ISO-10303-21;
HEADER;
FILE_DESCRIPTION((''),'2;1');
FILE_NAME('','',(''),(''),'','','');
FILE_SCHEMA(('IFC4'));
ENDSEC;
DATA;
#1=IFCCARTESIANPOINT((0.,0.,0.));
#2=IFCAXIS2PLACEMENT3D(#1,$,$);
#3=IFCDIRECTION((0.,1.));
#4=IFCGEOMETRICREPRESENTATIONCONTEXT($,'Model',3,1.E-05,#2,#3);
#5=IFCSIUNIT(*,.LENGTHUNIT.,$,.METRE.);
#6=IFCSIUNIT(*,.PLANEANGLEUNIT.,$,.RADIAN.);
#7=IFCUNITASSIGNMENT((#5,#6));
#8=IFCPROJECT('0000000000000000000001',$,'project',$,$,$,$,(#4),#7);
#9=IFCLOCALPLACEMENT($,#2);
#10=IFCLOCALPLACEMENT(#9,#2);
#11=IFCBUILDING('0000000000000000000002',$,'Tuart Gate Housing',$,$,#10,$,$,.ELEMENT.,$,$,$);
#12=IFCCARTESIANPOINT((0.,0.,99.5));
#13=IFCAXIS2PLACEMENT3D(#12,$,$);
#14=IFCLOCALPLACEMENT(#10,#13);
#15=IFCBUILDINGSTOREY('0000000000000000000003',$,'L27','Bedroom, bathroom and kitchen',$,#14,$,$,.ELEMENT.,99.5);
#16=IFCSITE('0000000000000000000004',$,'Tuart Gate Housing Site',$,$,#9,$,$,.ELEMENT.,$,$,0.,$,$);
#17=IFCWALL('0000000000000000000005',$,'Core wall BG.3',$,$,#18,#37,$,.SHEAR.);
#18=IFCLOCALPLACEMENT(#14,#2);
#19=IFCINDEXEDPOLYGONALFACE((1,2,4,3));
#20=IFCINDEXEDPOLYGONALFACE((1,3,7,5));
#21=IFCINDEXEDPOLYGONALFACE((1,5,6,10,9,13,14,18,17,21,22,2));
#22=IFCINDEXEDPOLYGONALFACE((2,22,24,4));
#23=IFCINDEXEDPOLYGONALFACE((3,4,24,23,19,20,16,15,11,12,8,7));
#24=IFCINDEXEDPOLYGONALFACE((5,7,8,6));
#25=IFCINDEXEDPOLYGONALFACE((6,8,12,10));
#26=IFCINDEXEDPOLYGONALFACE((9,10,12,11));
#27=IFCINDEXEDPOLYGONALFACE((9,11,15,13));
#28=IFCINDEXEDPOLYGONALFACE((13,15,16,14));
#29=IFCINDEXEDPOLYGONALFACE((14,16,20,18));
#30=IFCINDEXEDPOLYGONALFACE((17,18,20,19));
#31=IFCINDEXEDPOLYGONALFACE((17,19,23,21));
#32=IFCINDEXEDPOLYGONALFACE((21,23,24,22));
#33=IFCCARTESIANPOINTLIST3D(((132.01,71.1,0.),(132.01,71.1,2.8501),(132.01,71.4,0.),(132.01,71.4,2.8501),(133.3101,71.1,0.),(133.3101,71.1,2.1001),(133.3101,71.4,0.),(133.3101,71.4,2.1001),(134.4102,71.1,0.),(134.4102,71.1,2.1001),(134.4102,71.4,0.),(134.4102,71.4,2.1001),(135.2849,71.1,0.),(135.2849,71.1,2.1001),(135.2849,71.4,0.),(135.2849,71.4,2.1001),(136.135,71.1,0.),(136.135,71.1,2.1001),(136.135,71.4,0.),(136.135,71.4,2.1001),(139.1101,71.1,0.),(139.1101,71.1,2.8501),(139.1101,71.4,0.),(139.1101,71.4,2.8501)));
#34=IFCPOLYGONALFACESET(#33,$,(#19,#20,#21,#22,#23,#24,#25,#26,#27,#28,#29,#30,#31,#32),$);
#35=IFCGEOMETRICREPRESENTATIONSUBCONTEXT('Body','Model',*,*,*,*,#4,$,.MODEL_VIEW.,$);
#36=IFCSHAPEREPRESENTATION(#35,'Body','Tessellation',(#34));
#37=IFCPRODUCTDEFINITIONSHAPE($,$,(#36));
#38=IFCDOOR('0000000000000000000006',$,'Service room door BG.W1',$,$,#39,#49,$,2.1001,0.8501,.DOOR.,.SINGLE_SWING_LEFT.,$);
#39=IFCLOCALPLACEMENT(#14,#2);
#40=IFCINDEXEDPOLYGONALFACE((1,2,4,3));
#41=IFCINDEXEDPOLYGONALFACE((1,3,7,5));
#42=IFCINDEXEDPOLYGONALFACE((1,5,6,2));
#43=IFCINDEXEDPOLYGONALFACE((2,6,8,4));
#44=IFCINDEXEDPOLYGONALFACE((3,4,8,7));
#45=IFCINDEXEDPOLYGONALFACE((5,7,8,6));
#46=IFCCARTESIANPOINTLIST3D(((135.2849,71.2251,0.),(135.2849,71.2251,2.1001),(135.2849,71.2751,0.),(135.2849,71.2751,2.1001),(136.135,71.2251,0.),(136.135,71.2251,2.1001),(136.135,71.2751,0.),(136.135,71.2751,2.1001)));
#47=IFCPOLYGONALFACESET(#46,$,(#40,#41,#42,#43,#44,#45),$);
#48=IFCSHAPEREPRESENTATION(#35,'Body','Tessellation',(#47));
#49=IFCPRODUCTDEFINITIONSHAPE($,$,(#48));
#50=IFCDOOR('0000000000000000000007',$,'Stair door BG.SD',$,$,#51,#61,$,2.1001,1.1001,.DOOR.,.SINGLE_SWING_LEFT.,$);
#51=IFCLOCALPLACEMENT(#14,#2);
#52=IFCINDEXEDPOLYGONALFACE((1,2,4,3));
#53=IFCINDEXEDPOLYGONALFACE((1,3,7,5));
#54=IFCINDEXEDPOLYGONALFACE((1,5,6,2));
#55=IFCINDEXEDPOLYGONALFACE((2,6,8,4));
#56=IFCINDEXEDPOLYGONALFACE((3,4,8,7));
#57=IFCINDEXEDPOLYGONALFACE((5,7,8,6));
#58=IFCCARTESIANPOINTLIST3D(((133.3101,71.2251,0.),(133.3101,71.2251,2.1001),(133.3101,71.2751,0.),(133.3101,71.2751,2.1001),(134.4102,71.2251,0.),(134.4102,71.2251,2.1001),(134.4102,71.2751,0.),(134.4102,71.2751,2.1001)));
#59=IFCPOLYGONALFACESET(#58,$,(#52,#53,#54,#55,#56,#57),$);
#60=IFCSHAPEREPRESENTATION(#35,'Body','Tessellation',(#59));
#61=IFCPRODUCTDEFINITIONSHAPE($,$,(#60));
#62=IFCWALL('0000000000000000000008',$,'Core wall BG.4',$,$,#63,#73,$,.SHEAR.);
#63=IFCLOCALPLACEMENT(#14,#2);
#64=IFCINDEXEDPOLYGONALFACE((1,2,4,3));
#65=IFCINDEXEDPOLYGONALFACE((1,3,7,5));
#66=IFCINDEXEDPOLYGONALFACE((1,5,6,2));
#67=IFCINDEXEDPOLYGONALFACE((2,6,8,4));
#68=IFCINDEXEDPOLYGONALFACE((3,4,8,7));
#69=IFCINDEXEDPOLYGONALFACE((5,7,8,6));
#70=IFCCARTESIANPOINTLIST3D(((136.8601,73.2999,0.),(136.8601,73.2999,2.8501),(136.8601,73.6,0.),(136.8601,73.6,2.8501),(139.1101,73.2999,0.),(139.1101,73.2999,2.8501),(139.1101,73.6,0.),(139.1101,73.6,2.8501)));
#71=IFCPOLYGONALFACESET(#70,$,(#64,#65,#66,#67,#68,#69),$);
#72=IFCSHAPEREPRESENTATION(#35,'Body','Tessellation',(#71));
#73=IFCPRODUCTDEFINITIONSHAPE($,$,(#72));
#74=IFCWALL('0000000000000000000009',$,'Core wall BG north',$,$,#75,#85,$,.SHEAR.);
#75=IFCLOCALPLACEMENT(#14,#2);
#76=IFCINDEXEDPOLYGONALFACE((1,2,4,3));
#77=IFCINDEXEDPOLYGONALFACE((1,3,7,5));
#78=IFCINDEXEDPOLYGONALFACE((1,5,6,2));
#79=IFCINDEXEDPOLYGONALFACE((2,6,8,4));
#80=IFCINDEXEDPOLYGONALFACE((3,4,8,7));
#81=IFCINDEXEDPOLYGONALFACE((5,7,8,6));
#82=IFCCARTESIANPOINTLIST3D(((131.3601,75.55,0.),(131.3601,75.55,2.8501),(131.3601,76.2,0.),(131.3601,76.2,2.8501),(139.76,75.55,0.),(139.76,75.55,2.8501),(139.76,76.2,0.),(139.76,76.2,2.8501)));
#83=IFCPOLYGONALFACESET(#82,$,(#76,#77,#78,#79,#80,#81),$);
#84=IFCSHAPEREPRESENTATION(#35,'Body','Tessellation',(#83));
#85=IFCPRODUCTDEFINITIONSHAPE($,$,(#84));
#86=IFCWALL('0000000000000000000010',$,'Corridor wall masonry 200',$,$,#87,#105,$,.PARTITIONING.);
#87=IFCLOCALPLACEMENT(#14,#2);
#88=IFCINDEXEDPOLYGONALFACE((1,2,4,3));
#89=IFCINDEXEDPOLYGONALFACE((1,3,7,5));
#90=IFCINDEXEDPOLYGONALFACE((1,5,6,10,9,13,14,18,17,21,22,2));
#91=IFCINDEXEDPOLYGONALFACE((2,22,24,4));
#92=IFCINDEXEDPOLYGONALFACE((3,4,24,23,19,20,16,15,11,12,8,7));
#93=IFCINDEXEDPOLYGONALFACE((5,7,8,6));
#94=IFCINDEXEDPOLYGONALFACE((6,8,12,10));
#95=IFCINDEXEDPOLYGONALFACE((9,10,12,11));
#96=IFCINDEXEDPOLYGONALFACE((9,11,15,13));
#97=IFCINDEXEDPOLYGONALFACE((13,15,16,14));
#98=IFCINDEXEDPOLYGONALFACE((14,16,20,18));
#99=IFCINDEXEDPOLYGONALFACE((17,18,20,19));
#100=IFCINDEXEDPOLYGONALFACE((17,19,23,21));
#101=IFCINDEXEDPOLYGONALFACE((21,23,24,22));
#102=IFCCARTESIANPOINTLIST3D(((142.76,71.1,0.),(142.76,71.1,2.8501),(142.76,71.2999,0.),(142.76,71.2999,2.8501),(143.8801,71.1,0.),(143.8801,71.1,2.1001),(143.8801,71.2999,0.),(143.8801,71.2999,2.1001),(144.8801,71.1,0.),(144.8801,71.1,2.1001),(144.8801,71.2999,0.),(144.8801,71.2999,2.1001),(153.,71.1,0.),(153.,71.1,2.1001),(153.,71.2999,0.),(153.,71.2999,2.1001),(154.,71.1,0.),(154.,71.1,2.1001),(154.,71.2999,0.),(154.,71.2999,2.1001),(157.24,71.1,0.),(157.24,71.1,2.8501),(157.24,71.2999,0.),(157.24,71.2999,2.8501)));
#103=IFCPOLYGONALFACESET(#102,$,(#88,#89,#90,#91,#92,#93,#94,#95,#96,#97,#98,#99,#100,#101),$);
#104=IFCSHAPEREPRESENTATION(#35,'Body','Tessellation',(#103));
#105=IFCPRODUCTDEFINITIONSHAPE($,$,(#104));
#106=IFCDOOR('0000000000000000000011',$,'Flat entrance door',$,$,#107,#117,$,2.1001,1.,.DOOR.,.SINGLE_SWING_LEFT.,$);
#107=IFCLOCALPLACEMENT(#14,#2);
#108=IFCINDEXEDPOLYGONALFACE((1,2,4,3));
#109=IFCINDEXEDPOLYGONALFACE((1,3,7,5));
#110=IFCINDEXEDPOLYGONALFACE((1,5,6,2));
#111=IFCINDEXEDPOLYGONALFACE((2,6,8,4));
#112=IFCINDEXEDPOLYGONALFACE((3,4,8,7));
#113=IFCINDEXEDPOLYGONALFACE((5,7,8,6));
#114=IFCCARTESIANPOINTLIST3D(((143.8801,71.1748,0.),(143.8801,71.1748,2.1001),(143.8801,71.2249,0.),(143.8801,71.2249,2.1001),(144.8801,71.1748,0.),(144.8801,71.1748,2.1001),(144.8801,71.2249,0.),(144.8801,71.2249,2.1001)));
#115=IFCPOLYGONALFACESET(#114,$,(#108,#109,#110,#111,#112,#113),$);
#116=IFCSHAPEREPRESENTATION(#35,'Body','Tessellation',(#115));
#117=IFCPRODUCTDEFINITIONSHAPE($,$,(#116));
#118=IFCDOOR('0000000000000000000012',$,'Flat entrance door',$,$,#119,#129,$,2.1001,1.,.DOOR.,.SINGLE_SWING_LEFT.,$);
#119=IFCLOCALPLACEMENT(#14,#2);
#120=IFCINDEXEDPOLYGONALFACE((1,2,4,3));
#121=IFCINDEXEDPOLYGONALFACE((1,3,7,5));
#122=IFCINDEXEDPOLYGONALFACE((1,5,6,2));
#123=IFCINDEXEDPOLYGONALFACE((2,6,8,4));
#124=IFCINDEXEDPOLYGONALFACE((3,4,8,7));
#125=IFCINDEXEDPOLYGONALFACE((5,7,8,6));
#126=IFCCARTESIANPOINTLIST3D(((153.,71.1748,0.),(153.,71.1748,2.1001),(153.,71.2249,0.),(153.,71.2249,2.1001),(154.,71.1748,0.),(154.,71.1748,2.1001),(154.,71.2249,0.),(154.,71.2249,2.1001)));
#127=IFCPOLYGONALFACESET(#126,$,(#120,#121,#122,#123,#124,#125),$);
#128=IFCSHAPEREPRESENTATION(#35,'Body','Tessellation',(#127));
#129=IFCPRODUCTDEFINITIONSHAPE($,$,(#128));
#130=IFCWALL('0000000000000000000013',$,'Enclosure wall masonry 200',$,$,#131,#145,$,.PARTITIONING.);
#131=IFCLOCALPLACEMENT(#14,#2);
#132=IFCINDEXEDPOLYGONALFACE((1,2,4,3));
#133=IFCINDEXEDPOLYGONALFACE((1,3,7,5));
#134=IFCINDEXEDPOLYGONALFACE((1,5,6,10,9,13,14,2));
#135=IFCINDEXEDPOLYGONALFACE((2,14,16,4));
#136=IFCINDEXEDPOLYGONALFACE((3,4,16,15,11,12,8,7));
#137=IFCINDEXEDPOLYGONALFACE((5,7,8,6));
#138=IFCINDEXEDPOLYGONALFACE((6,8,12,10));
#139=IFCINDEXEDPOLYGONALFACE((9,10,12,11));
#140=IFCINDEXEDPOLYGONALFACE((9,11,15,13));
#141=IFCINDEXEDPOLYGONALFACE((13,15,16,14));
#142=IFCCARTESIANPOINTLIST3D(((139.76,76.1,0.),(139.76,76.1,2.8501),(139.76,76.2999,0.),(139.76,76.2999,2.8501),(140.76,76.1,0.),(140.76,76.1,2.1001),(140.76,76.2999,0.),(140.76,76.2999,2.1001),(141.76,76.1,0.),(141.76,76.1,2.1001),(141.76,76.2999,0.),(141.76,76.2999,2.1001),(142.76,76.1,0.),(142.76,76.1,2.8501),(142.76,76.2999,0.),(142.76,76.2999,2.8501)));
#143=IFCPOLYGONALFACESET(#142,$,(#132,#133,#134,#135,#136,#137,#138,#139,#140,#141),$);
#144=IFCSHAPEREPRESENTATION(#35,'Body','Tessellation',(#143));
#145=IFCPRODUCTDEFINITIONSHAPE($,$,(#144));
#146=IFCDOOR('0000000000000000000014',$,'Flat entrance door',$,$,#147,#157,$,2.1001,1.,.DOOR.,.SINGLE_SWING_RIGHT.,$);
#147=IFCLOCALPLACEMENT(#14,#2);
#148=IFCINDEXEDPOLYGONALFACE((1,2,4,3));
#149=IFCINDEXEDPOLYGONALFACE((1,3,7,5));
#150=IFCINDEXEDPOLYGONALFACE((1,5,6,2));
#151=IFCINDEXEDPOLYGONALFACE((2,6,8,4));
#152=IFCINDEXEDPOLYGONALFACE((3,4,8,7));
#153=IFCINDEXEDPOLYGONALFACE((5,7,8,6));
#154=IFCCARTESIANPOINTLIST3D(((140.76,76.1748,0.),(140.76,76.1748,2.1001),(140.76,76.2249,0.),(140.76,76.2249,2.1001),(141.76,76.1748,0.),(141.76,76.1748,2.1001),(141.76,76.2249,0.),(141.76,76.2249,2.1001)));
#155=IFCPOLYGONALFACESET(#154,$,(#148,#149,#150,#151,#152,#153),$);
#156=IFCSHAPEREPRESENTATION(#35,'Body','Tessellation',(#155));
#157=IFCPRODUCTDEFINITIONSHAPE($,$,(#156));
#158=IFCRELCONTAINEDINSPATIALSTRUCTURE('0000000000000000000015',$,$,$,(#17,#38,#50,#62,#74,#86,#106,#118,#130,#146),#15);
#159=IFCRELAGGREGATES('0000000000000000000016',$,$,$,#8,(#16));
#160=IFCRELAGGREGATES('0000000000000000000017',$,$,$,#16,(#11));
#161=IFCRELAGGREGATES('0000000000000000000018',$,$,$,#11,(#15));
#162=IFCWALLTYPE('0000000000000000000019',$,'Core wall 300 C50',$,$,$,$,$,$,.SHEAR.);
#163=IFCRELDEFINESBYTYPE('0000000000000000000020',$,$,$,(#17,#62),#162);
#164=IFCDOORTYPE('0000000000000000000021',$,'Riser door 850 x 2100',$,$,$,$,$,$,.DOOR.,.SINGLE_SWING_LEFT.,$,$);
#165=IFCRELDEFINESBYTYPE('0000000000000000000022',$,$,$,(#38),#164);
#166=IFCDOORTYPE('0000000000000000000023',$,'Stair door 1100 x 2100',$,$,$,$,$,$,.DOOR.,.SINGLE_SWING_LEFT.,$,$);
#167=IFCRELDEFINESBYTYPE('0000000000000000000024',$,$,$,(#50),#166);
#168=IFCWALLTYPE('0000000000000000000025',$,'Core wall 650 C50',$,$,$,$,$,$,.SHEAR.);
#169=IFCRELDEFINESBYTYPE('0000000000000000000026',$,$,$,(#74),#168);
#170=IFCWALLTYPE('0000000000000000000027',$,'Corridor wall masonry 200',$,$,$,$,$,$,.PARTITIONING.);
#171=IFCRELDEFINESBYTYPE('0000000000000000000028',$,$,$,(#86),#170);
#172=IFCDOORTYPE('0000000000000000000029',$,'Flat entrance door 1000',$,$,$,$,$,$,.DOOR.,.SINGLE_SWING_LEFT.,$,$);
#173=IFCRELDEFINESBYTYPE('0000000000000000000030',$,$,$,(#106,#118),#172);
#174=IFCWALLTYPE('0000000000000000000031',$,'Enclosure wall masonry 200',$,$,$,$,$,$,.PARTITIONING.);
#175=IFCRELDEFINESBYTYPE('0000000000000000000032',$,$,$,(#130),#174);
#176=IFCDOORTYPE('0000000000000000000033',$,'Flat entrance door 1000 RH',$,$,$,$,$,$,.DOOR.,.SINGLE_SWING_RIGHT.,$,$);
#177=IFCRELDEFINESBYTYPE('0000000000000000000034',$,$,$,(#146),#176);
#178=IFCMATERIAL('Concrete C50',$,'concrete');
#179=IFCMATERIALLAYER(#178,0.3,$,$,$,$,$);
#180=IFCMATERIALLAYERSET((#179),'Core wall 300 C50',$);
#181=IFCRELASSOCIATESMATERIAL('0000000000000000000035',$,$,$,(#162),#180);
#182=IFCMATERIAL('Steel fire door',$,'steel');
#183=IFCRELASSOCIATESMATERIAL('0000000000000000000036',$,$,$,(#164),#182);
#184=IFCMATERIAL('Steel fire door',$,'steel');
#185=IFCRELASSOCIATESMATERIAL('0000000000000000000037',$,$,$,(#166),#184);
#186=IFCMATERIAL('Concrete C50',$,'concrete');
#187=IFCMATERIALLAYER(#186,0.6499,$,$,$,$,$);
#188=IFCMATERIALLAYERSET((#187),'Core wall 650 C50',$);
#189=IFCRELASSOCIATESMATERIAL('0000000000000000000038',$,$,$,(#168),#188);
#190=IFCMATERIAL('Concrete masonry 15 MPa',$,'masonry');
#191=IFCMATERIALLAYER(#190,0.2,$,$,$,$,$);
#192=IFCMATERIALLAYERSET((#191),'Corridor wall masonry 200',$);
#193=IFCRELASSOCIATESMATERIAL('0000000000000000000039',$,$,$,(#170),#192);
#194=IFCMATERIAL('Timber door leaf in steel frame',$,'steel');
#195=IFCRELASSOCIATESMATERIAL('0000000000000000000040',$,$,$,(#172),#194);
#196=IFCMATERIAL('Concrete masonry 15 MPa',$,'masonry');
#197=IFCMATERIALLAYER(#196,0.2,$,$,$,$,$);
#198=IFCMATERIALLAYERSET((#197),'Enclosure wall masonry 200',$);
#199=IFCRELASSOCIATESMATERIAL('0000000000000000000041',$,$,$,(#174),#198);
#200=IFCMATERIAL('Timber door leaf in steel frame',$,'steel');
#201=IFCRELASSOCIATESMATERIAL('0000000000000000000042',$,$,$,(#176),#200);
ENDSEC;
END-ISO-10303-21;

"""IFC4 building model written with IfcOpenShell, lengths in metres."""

from ifc_helpers import new_model, si_unit, direction, frame, frame_2d, origin, place, context, subcontext, project, spatial, rectangle, extrude, material, layer, layer_set, type_object, element, fill, save


model = new_model("IFC4")

# Units and contexts
model_context = context("Model", 3, precision=1e-05, world=origin(), true_north=direction((0.0, 1.0)))
body_context = subcontext(model_context, "Body", "Model", "MODEL_VIEW")
ifc_project = project(units=[si_unit("LENGTHUNIT", "METRE"), si_unit("PLANEANGLEUNIT", "RADIAN")], contexts=[model_context])

# Site, building, storey
site_placement = place(None, origin())
site = spatial("IfcSite", under=ifc_project, at=site_placement, Name="Tuart Gate Housing Site", CompositionType="ELEMENT", RefElevation=0.0)
building_placement = place(site_placement, origin())
building = spatial("IfcBuilding", under=site, at=building_placement, Name="Tuart Gate Housing", CompositionType="ELEMENT")
storey_placement = place(building_placement, frame((0.0, 0.0, 99.5)))
storey = spatial("IfcBuildingStorey", under=building, at=storey_placement, Name="L27", Description="Bedroom, bathroom and kitchen", CompositionType="ELEMENT", Elevation=99.5)

# Wall, openings, doors
ifc_material_1 = material(Name="Concrete C50", Category="concrete")
ifc_layer_1 = layer(ifc_material_1, 0.3)
ifc_layer_set_1 = layer_set([ifc_layer_1], Name="Core wall 300 C50")
wall_type_1 = type_object("IfcWallType", Name="Core wall 300 C50", PredefinedType="SHEAR", material=ifc_layer_set_1)
wall_1_placement = place(storey_placement, frame((139.1101, 71.25, 0.0), z_axis=(0.0, 0.0, 1.0), x_axis=(-1.0, 0.0, 0.0)))
wall_1 = element("IfcWall", 1, at=wall_1_placement, inside=storey, type_object=wall_type_1, Name="Core wall BG.3", PredefinedType="SHEAR", context=body_context, shape_type="SweptSolid", body=[
    extrude(rectangle(XDim=7.1001, YDim=0.3, at=frame_2d((3.55, 0.0))), origin(), (0.0, 0.0, 1.0), 2.8501),
])
opening_1_placement = place(wall_1_placement, frame((4.7, 0.0, 0.0)))
opening_1 = element("IfcOpeningElement", 2, at=opening_1_placement, cuts=wall_1, PredefinedType="OPENING", context=body_context, shape_type="SweptSolid", body=[
    extrude(rectangle(XDim=1.1001, YDim=2.1001, at=frame_2d((0.55, 1.05))), frame((0.0, 0.1599, 0.0), z_axis=(0.0, -1.0, 0.0), x_axis=(1.0, 0.0, 0.0)), (0.0, 0.0, 1.0), 0.3201),
])
opening_2_placement = place(wall_1_placement, frame((2.9751, 0.0, 0.0)))
opening_2 = element("IfcOpeningElement", 3, at=opening_2_placement, cuts=wall_1, PredefinedType="OPENING", context=body_context, shape_type="SweptSolid", body=[
    extrude(rectangle(XDim=0.8501, YDim=2.1001, at=frame_2d((0.425, 1.05))), frame((0.0, 0.1599, 0.0), z_axis=(0.0, -1.0, 0.0), x_axis=(1.0, 0.0, 0.0)), (0.0, 0.0, 1.0), 0.3201),
])
ifc_material_2 = material(Name="Steel fire door", Category="steel")
door_type_1 = type_object("IfcDoorType", Name="Riser door 850 x 2100", OperationType="SINGLE_SWING_LEFT", PredefinedType="DOOR", material=ifc_material_2)
door_1_placement = place(opening_2_placement, origin())
door_1 = element("IfcDoor", 4, at=door_1_placement, inside=storey, type_object=door_type_1, Name="Service room door BG.W1", OperationType="SINGLE_SWING_LEFT", OverallHeight=2.1001, OverallWidth=0.8501, PredefinedType="DOOR", context=body_context, shape_type="SweptSolid", body=[
    extrude(rectangle(XDim=0.8501, YDim=2.1001, at=frame_2d((0.425, 1.05))), frame((0.0, 0.0249, 0.0), z_axis=(0.0, -1.0, 0.0), x_axis=(1.0, 0.0, 0.0)), (0.0, 0.0, 1.0), 0.05),
])
fill(opening_2, door_1)
ifc_material_3 = material(Name="Steel fire door", Category="steel")
door_type_2 = type_object("IfcDoorType", Name="Stair door 1100 x 2100", OperationType="SINGLE_SWING_LEFT", PredefinedType="DOOR", material=ifc_material_3)
door_2_placement = place(opening_1_placement, origin())
door_2 = element("IfcDoor", 5, at=door_2_placement, inside=storey, type_object=door_type_2, Name="Stair door BG.SD", OperationType="SINGLE_SWING_LEFT", OverallHeight=2.1001, OverallWidth=1.1001, PredefinedType="DOOR", context=body_context, shape_type="SweptSolid", body=[
    extrude(rectangle(XDim=1.1001, YDim=2.1001, at=frame_2d((0.55, 1.05))), frame((0.0, 0.0249, 0.0), z_axis=(0.0, -1.0, 0.0), x_axis=(1.0, 0.0, 0.0)), (0.0, 0.0, 1.0), 0.05),
])
fill(opening_1, door_2)

# Walls
wall_2_placement = place(storey_placement, frame((139.1101, 73.45, 0.0), z_axis=(0.0, 0.0, 1.0), x_axis=(-1.0, 0.0, 0.0)))
element("IfcWall", 6, at=wall_2_placement, inside=storey, type_object=wall_type_1, Name="Core wall BG.4", PredefinedType="SHEAR", context=body_context, shape_type="SweptSolid", body=[
    extrude(rectangle(XDim=2.25, YDim=0.3, at=frame_2d((1.125, 0.0))), origin(), (0.0, 0.0, 1.0), 2.8501),
])
ifc_material_4 = material(Name="Concrete C50", Category="concrete")
ifc_layer_2 = layer(ifc_material_4, 0.6499)
ifc_layer_set_2 = layer_set([ifc_layer_2], Name="Core wall 650 C50")
wall_type_2 = type_object("IfcWallType", Name="Core wall 650 C50", PredefinedType="SHEAR", material=ifc_layer_set_2)
wall_3_placement = place(storey_placement, frame((139.76, 75.875, 0.0), z_axis=(0.0, 0.0, 1.0), x_axis=(-1.0, 0.0, 0.0)))
element("IfcWall", 7, at=wall_3_placement, inside=storey, type_object=wall_type_2, Name="Core wall BG north", PredefinedType="SHEAR", context=body_context, shape_type="SweptSolid", body=[
    extrude(rectangle(XDim=8.3999, YDim=0.6499, at=frame_2d((4.2, 0.0))), origin(), (0.0, 0.0, 1.0), 2.8501),
])

# Wall, openings, doors
ifc_material_5 = material(Name="Concrete masonry 15 MPa", Category="masonry")
ifc_layer_3 = layer(ifc_material_5, 0.2)
ifc_layer_set_3 = layer_set([ifc_layer_3], Name="Corridor wall masonry 200")
wall_type_3 = type_object("IfcWallType", Name="Corridor wall masonry 200", PredefinedType="PARTITIONING", material=ifc_layer_set_3)
wall_4_placement = place(storey_placement, frame((142.76, 71.2, 0.0), z_axis=(0.0, 0.0, 1.0), x_axis=(1.0, 0.0, 0.0)))
wall_4 = element("IfcWall", 8, at=wall_4_placement, inside=storey, type_object=wall_type_3, Name="Corridor wall masonry 200", PredefinedType="PARTITIONING", context=body_context, shape_type="SweptSolid", body=[
    extrude(rectangle(XDim=14.48, YDim=0.2, at=frame_2d((7.24, 0.0))), origin(), (0.0, 0.0, 1.0), 2.8501),
])
opening_3_placement = place(wall_4_placement, frame((1.1201, 0.0, 0.0)))
opening_3 = element("IfcOpeningElement", 9, at=opening_3_placement, cuts=wall_4, PredefinedType="OPENING", context=body_context, shape_type="SweptSolid", body=[
    extrude(rectangle(XDim=1.0, YDim=2.1001, at=frame_2d((0.5, 1.05))), frame((0.0, 0.1099, 0.0), z_axis=(0.0, -1.0, 0.0), x_axis=(1.0, 0.0, 0.0)), (0.0, 0.0, 1.0), 0.22),
])
opening_4_placement = place(wall_4_placement, frame((10.24, 0.0, 0.0)))
opening_4 = element("IfcOpeningElement", 10, at=opening_4_placement, cuts=wall_4, PredefinedType="OPENING", context=body_context, shape_type="SweptSolid", body=[
    extrude(rectangle(XDim=1.0, YDim=2.1001, at=frame_2d((0.5, 1.05))), frame((0.0, 0.1099, 0.0), z_axis=(0.0, -1.0, 0.0), x_axis=(1.0, 0.0, 0.0)), (0.0, 0.0, 1.0), 0.22),
])
ifc_material_6 = material(Name="Timber door leaf in steel frame", Category="steel")
door_type_3 = type_object("IfcDoorType", Name="Flat entrance door 1000", OperationType="SINGLE_SWING_LEFT", PredefinedType="DOOR", material=ifc_material_6)
door_3_placement = place(opening_3_placement, origin())
door_3 = element("IfcDoor", 11, at=door_3_placement, inside=storey, type_object=door_type_3, Name="Flat entrance door", OperationType="SINGLE_SWING_LEFT", OverallHeight=2.1001, OverallWidth=1.0, PredefinedType="DOOR", context=body_context, shape_type="SweptSolid", body=[
    extrude(rectangle(XDim=1.0, YDim=2.1001, at=frame_2d((0.5, 1.05))), frame((0.0, 0.0249, 0.0), z_axis=(0.0, -1.0, 0.0), x_axis=(1.0, 0.0, 0.0)), (0.0, 0.0, 1.0), 0.05),
])
fill(opening_3, door_3)
door_4_placement = place(opening_4_placement, origin())
door_4 = element("IfcDoor", 12, at=door_4_placement, inside=storey, type_object=door_type_3, Name="Flat entrance door", OperationType="SINGLE_SWING_LEFT", OverallHeight=2.1001, OverallWidth=1.0, PredefinedType="DOOR", context=body_context, shape_type="SweptSolid", body=[
    extrude(rectangle(XDim=1.0, YDim=2.1001, at=frame_2d((0.5, 1.05))), frame((0.0, 0.0249, 0.0), z_axis=(0.0, -1.0, 0.0), x_axis=(1.0, 0.0, 0.0)), (0.0, 0.0, 1.0), 0.05),
])
fill(opening_4, door_4)

# Wall, opening, door
ifc_material_7 = material(Name="Concrete masonry 15 MPa", Category="masonry")
ifc_layer_4 = layer(ifc_material_7, 0.2)
ifc_layer_set_4 = layer_set([ifc_layer_4], Name="Enclosure wall masonry 200")
wall_type_4 = type_object("IfcWallType", Name="Enclosure wall masonry 200", PredefinedType="PARTITIONING", material=ifc_layer_set_4)
wall_5_placement = place(storey_placement, frame((139.76, 76.2, 0.0), z_axis=(0.0, 0.0, 1.0), x_axis=(1.0, 0.0, 0.0)))
wall_5 = element("IfcWall", 13, at=wall_5_placement, inside=storey, type_object=wall_type_4, Name="Enclosure wall masonry 200", PredefinedType="PARTITIONING", context=body_context, shape_type="SweptSolid", body=[
    extrude(rectangle(XDim=3.0, YDim=0.2, at=frame_2d((1.5, 0.0))), origin(), (0.0, 0.0, 1.0), 2.8501),
])
opening_5_placement = place(wall_5_placement, frame((1.0, 0.0, 0.0)))
opening_5 = element("IfcOpeningElement", 14, at=opening_5_placement, cuts=wall_5, PredefinedType="OPENING", context=body_context, shape_type="SweptSolid", body=[
    extrude(rectangle(XDim=1.0, YDim=2.1001, at=frame_2d((0.5, 1.05))), frame((0.0, 0.1099, 0.0), z_axis=(0.0, -1.0, 0.0), x_axis=(1.0, 0.0, 0.0)), (0.0, 0.0, 1.0), 0.22),
])
ifc_material_8 = material(Name="Timber door leaf in steel frame", Category="steel")
door_type_4 = type_object("IfcDoorType", Name="Flat entrance door 1000 RH", OperationType="SINGLE_SWING_RIGHT", PredefinedType="DOOR", material=ifc_material_8)
door_5_placement = place(opening_5_placement, origin())
door_5 = element("IfcDoor", 15, at=door_5_placement, inside=storey, type_object=door_type_4, Name="Flat entrance door", OperationType="SINGLE_SWING_RIGHT", OverallHeight=2.1001, OverallWidth=1.0, PredefinedType="DOOR", context=body_context, shape_type="SweptSolid", body=[
    extrude(rectangle(XDim=1.0, YDim=2.1001, at=frame_2d((0.5, 1.05))), frame((0.0, 0.0249, 0.0), z_axis=(0.0, -1.0, 0.0), x_axis=(1.0, 0.0, 0.0)), (0.0, 0.0, 1.0), 0.05),
])
fill(opening_5, door_5)

save(model, "model.ifc")
